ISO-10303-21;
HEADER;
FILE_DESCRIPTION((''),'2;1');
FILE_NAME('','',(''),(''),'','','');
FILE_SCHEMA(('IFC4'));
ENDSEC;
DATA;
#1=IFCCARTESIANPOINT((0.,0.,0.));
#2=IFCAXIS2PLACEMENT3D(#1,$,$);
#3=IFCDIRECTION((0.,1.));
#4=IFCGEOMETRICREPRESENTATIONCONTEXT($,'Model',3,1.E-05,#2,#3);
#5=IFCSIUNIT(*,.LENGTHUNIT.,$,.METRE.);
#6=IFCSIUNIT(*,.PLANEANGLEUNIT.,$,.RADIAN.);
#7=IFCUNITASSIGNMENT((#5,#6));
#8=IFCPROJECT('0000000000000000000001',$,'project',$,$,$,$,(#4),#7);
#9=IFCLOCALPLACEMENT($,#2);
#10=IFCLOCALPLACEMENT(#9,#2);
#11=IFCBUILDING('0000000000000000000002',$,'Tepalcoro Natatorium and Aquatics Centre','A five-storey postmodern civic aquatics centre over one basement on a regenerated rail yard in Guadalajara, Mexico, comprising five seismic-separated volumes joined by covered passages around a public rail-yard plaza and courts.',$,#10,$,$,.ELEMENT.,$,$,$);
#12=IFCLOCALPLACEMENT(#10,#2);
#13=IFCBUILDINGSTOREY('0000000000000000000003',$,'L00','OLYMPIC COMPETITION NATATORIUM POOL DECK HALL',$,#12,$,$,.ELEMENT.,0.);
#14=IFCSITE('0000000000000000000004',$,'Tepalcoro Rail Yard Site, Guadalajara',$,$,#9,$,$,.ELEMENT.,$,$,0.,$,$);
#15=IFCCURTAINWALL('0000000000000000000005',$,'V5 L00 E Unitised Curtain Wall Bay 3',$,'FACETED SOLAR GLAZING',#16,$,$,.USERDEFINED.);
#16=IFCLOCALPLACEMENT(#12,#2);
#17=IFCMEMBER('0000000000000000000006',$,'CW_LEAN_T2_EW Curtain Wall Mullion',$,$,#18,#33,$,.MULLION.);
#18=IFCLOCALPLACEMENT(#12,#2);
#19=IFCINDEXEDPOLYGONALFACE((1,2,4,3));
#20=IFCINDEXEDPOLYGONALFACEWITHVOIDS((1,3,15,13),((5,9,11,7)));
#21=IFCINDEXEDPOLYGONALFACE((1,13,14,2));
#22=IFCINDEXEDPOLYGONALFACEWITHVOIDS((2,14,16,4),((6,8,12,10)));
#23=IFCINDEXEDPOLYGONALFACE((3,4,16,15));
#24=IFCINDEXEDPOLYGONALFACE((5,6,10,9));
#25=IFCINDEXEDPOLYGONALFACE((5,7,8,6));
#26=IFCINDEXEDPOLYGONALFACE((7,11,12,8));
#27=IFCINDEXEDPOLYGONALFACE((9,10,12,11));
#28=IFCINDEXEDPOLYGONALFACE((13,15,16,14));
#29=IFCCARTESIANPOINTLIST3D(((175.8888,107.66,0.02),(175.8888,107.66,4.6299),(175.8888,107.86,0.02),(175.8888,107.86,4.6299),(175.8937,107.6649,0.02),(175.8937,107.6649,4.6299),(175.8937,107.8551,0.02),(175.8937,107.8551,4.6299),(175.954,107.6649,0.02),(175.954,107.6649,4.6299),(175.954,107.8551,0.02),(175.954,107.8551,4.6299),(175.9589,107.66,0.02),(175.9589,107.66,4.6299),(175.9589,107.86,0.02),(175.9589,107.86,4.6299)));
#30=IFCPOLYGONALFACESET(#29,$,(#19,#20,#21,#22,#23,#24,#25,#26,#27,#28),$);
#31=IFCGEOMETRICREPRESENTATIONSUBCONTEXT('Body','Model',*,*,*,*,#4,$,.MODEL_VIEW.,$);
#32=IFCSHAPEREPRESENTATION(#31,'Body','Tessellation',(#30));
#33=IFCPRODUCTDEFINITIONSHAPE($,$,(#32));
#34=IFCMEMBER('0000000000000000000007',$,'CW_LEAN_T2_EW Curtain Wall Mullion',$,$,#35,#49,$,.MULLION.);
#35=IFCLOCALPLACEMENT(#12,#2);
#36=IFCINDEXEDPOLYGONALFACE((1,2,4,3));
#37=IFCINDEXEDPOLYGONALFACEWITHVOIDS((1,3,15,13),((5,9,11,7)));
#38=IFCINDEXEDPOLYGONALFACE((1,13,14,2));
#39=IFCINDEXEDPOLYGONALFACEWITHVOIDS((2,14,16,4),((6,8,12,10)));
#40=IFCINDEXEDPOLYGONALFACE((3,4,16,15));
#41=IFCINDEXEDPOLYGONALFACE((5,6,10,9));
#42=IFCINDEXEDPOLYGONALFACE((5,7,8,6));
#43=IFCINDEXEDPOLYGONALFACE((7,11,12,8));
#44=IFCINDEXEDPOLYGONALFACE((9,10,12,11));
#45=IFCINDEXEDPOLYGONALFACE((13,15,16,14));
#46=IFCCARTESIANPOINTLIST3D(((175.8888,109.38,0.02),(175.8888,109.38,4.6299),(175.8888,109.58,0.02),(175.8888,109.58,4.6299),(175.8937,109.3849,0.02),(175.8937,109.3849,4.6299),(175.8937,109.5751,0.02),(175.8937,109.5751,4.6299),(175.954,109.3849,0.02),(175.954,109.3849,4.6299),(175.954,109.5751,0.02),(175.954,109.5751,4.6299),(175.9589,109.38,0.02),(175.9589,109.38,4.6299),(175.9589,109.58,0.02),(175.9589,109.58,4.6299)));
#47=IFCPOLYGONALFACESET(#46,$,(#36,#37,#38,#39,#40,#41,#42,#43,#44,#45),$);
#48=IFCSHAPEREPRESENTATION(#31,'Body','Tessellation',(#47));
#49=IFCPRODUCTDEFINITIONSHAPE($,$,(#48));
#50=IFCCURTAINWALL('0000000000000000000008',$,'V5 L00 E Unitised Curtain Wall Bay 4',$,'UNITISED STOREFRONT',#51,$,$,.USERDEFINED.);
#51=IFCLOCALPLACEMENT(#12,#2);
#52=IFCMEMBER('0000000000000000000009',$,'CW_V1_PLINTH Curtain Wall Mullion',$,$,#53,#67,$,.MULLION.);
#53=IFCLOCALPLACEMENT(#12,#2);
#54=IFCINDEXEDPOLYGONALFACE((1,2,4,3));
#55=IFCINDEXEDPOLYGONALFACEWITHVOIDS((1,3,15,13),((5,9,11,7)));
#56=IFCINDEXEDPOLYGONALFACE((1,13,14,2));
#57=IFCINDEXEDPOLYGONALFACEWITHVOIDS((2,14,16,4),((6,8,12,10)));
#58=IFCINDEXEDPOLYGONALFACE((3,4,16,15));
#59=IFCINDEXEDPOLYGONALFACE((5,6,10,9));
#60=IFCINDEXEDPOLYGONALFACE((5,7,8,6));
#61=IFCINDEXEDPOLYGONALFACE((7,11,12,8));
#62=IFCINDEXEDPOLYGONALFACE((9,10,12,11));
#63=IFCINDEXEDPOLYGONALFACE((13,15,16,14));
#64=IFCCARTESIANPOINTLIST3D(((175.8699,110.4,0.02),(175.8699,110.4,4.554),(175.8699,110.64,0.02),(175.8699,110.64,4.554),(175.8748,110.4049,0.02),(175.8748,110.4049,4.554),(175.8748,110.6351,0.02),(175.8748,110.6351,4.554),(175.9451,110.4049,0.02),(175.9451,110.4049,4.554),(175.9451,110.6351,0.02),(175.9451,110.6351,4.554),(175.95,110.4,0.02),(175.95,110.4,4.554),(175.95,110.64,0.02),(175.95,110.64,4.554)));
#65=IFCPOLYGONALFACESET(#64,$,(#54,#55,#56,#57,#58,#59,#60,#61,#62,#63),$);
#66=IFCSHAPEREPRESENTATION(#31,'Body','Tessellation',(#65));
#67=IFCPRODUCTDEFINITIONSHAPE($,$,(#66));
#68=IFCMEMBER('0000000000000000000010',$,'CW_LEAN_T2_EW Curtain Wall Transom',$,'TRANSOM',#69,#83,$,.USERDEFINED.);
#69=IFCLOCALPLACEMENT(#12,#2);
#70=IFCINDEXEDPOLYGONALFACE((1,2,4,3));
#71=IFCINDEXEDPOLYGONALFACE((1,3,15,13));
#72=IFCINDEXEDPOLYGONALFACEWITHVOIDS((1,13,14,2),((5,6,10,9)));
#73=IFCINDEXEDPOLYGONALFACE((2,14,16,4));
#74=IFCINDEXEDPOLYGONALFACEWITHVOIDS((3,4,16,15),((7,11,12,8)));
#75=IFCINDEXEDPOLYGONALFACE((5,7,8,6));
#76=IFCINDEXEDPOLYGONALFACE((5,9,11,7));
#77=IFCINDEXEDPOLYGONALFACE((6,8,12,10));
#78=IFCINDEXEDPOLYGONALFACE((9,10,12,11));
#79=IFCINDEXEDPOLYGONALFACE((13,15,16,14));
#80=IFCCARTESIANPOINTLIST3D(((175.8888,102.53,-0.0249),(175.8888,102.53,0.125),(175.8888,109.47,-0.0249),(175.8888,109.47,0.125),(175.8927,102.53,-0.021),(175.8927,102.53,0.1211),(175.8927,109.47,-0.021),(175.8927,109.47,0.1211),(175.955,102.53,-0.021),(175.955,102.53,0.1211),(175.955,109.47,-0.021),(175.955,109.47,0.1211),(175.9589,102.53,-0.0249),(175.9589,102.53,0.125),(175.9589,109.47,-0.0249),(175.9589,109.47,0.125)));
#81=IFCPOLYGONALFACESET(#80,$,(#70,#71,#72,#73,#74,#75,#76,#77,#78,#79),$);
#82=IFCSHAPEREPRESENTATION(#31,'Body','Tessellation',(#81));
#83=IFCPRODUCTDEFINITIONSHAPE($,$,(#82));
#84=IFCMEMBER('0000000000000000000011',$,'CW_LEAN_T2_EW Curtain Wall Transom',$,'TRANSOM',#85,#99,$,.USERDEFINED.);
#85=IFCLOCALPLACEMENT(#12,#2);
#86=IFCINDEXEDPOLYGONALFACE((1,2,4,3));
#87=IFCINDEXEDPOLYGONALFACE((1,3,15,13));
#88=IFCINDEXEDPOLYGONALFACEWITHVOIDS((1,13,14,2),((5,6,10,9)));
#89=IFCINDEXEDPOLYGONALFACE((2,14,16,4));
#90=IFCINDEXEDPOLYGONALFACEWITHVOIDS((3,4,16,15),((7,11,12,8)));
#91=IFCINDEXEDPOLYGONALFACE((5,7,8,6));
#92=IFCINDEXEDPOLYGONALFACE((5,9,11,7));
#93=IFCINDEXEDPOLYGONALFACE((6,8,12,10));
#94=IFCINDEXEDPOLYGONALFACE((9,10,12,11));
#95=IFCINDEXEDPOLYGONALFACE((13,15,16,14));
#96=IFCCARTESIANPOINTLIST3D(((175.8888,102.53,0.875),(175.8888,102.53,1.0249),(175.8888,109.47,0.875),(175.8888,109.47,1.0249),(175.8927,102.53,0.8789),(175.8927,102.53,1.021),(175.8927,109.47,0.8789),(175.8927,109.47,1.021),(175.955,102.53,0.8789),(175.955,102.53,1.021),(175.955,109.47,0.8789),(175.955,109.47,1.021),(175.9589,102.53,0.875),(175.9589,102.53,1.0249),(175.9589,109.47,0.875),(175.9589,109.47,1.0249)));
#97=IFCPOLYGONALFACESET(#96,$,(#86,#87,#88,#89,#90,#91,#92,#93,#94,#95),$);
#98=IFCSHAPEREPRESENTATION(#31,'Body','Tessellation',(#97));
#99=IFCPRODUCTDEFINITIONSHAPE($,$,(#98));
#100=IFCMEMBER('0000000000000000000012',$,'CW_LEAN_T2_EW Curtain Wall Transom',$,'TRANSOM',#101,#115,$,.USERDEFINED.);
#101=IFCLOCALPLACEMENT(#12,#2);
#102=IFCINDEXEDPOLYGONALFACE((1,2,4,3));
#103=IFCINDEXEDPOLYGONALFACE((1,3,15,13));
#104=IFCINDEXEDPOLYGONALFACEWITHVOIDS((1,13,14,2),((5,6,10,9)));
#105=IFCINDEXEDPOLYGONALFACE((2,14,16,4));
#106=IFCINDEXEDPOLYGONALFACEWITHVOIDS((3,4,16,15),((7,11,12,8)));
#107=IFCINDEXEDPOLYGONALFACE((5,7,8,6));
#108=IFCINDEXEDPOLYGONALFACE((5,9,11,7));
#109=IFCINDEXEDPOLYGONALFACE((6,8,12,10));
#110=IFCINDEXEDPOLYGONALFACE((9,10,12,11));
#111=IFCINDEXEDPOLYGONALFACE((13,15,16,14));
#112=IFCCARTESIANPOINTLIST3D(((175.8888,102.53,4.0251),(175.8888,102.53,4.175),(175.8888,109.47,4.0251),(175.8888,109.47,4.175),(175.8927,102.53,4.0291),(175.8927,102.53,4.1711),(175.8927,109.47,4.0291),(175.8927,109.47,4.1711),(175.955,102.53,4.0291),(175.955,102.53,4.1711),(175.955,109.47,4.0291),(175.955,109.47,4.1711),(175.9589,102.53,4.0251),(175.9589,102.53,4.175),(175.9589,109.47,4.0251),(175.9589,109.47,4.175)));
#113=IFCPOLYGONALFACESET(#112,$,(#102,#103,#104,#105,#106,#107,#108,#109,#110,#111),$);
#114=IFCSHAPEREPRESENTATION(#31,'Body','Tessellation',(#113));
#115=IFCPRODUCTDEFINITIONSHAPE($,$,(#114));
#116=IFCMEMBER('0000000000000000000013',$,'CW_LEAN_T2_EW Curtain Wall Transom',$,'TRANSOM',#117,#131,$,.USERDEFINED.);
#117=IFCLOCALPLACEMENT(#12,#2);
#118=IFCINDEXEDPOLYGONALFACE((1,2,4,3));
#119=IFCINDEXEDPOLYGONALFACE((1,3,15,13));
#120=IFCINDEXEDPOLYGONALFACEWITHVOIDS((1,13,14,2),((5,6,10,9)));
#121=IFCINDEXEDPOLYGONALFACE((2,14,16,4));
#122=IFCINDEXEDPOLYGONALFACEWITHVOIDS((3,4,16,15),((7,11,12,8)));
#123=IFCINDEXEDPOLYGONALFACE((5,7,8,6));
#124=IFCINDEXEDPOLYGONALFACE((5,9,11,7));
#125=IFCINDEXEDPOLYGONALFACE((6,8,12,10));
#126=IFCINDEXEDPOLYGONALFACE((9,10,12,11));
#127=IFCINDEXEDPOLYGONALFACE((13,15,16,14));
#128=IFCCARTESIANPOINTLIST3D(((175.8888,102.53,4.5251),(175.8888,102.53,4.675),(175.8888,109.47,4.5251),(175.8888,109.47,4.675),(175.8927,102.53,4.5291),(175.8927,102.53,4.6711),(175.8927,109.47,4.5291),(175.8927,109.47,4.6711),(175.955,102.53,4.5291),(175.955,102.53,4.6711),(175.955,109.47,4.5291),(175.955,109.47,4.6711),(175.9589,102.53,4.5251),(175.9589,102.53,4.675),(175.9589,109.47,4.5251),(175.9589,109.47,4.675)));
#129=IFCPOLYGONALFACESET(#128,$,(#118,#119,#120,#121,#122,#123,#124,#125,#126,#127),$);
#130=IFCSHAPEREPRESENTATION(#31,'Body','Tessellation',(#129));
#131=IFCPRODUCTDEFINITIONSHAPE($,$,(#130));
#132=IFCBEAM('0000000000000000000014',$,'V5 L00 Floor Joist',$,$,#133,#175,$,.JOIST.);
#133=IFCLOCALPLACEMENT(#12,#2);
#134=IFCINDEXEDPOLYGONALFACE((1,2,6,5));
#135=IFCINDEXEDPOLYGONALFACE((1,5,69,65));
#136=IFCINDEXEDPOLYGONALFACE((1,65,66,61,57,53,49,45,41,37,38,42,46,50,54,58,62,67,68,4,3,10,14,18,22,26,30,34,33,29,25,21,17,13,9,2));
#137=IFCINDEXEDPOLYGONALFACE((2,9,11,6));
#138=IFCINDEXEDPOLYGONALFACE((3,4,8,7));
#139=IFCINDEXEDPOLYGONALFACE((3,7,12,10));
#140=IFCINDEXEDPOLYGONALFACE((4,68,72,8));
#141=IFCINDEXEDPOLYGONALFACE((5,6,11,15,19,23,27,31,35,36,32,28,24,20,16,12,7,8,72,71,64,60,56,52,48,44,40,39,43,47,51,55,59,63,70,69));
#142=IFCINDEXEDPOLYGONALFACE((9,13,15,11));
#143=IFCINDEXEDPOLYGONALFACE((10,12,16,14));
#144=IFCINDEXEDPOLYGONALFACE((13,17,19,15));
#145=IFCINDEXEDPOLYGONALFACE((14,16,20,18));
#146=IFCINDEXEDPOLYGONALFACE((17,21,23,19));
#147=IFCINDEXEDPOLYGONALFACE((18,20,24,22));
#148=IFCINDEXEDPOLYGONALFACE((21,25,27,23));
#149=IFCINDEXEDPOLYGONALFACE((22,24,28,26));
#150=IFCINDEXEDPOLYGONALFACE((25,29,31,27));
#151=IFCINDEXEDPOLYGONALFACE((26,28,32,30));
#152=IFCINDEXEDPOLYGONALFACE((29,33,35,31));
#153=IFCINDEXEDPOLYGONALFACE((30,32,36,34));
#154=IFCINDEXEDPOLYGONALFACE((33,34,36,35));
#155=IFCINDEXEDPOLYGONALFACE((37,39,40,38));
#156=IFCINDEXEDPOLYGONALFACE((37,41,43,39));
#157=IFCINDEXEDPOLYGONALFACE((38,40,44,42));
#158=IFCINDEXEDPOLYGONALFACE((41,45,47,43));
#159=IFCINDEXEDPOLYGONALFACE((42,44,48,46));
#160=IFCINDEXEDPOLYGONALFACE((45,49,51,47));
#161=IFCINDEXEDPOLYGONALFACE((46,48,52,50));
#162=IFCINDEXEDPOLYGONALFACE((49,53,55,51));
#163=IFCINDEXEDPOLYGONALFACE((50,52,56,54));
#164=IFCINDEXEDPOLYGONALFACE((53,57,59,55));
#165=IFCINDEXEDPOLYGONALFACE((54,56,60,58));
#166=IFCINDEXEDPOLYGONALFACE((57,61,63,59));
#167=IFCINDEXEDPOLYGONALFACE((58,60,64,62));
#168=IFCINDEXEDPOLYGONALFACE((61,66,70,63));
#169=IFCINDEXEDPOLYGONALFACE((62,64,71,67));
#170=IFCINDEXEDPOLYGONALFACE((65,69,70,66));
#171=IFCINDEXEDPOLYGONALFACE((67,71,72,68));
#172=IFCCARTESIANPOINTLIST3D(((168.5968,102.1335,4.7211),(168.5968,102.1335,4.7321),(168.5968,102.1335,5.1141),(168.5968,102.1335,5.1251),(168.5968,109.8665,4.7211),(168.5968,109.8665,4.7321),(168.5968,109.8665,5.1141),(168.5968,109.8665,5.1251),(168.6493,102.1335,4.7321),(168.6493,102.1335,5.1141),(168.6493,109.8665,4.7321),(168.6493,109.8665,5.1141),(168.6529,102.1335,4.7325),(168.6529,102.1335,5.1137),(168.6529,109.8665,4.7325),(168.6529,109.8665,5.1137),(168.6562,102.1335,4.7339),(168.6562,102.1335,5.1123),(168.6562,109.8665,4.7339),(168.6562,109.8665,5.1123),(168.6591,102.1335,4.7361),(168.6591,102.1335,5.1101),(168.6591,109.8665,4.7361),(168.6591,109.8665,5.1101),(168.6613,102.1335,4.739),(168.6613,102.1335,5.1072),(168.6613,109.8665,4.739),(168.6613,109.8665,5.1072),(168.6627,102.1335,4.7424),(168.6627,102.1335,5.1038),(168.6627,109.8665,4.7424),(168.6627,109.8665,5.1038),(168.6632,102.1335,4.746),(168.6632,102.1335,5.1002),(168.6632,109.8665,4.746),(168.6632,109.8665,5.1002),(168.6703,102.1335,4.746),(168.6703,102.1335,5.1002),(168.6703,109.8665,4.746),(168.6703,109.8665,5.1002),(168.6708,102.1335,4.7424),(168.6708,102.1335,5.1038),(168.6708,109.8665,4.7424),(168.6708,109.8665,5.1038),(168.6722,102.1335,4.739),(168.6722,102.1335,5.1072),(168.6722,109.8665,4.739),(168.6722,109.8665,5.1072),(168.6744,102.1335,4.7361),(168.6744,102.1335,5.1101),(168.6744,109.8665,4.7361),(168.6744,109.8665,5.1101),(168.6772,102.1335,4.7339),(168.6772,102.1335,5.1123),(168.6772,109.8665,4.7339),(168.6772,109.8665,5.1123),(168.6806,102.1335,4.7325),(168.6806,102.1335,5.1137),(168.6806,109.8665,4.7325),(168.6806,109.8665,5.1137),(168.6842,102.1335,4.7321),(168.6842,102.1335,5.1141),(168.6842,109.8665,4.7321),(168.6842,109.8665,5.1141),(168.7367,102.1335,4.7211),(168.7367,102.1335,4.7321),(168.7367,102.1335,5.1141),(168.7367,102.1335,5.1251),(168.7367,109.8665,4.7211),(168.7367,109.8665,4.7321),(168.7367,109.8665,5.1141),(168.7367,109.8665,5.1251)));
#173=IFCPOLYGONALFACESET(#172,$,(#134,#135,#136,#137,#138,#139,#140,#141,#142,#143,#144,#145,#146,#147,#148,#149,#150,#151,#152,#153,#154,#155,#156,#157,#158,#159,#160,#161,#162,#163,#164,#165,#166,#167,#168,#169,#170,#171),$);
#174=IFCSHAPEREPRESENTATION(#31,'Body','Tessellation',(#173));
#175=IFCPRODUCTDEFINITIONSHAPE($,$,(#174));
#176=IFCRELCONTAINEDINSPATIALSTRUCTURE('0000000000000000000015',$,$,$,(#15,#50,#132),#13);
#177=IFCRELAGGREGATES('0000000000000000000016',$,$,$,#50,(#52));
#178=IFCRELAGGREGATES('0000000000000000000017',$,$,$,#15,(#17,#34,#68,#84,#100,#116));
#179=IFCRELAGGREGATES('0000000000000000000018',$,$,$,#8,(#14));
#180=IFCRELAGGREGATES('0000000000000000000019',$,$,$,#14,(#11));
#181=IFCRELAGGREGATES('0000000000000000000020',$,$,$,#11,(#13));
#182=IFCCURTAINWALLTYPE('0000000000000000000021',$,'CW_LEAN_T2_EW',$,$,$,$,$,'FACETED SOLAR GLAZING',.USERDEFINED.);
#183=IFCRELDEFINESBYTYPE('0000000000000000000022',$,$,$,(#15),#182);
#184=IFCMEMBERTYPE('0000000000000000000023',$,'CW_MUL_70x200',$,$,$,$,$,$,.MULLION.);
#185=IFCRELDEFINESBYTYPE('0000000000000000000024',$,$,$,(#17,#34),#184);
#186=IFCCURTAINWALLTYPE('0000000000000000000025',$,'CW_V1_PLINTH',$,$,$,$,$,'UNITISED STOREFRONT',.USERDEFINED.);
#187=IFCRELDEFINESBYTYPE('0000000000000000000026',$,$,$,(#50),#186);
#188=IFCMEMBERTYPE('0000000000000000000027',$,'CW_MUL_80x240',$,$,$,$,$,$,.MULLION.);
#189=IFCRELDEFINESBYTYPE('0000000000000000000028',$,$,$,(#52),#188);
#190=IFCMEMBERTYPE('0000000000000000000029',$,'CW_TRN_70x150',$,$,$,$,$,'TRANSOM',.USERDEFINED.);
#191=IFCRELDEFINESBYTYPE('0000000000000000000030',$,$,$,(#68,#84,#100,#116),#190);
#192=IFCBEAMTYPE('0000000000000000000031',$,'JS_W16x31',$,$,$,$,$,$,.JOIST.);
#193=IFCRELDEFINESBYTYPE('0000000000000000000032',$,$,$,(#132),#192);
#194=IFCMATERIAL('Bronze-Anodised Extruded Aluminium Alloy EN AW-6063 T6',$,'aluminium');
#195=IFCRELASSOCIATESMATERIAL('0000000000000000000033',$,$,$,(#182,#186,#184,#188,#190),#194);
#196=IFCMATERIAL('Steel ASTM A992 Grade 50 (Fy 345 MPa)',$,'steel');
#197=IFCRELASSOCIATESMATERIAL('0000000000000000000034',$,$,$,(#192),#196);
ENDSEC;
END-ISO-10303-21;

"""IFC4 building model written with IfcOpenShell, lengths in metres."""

from ifc_helpers import new_model, si_unit, direction, frame, origin, origin_2d, place, context, subcontext, project, spatial, hollow_rectangle, i_section, extrude, material, material_profile, profile_set, type_object, element, aggregate, save


model = new_model("IFC4")

# Units and contexts
model_context = context("Model", 3, precision=1e-05, world=origin(), true_north=direction((0.0, 1.0)))
body_context = subcontext(model_context, "Body", "Model", "MODEL_VIEW")
ifc_project = project(units=[si_unit("LENGTHUNIT", "METRE"), si_unit("PLANEANGLEUNIT", "RADIAN")], contexts=[model_context])

# Site, building, storey
site_placement = place(None, origin())
site = spatial("IfcSite", under=ifc_project, at=site_placement, Name="Tepalcoro Rail Yard Site, Guadalajara", CompositionType="ELEMENT", RefElevation=0.0)
building_placement = place(site_placement, origin())
building = spatial("IfcBuilding", under=site, at=building_placement, Name="Tepalcoro Natatorium and Aquatics Centre", Description="A five-storey postmodern civic aquatics centre over one basement on a regenerated rail yard in Guadalajara, Mexico, comprising five seismic-separated volumes joined by covered passages around a public rail-yard plaza and courts.", CompositionType="ELEMENT")
storey_placement = place(building_placement, origin())
storey = spatial("IfcBuildingStorey", under=building, at=storey_placement, Name="L00", Description="OLYMPIC COMPETITION NATATORIUM POOL DECK HALL", CompositionType="ELEMENT", Elevation=0.0)

# Curtain wall, members
ifc_material_1 = material(Name="Bronze-Anodised Extruded Aluminium Alloy EN AW-6063 T6", Category="aluminium")
curtain_wall_type_1 = type_object("IfcCurtainWallType", Name="CW_LEAN_T2_EW", ElementType="FACETED SOLAR GLAZING", PredefinedType="USERDEFINED", material=ifc_material_1)
curtain_wall_1_placement = place(storey_placement, origin())
curtain_wall_1 = element("IfcCurtainWall", 1, at=curtain_wall_1_placement, inside=storey, type_object=curtain_wall_type_1, Name="V5 L00 E Unitised Curtain Wall Bay 3", ObjectType="FACETED SOLAR GLAZING", PredefinedType="USERDEFINED")
ifc_material_profile_1 = material_profile(ifc_material_1, hollow_rectangle(XDim=0.0701, YDim=0.2, WallThickness=0.0049, at=origin_2d()), Name="AL70X200X5")
ifc_profile_set_1 = profile_set([ifc_material_profile_1], Name="Bronze-Anodised Extruded Aluminium Alloy EN AW-6063 T6")
member_type_1 = type_object("IfcMemberType", Name="CW_MUL_70x200", PredefinedType="MULLION", material=ifc_profile_set_1)
member_1_placement = place(storey_placement, frame((175.9238, 107.76, 0.02), z_axis=(0.0, 0.0, 1.0), x_axis=(1.0, 0.0, 0.0)))
member_1 = element("IfcMember", 2, at=member_1_placement, type_object=member_type_1, Name="CW_LEAN_T2_EW Curtain Wall Mullion", PredefinedType="MULLION", context=body_context, shape_type="SweptSolid", body=[
    extrude(hollow_rectangle(XDim=0.0701, YDim=0.2, WallThickness=0.0049, at=origin_2d()), origin(), (0.0, 0.0, 1.0), 4.6099),
])
member_2_placement = place(storey_placement, frame((175.9238, 109.48, 0.02), z_axis=(0.0, 0.0, 1.0), x_axis=(1.0, 0.0, 0.0)))
member_2 = element("IfcMember", 3, at=member_2_placement, type_object=member_type_1, Name="CW_LEAN_T2_EW Curtain Wall Mullion", PredefinedType="MULLION", context=body_context, shape_type="SweptSolid", body=[
    extrude(hollow_rectangle(XDim=0.0701, YDim=0.2, WallThickness=0.0049, at=origin_2d()), origin(), (0.0, 0.0, 1.0), 4.6099),
])

# Curtain wall, member
curtain_wall_type_2 = type_object("IfcCurtainWallType", Name="CW_V1_PLINTH", ElementType="UNITISED STOREFRONT", PredefinedType="USERDEFINED", material=ifc_material_1)
curtain_wall_2_placement = place(storey_placement, origin())
curtain_wall_2 = element("IfcCurtainWall", 4, at=curtain_wall_2_placement, inside=storey, type_object=curtain_wall_type_2, Name="V5 L00 E Unitised Curtain Wall Bay 4", ObjectType="UNITISED STOREFRONT", PredefinedType="USERDEFINED")
ifc_material_profile_2 = material_profile(ifc_material_1, hollow_rectangle(XDim=0.0801, YDim=0.24, WallThickness=0.0049, at=origin_2d()), Name="AL80X240X5")
ifc_profile_set_2 = profile_set([ifc_material_profile_2], Name="Bronze-Anodised Extruded Aluminium Alloy EN AW-6063 T6")
member_type_2 = type_object("IfcMemberType", Name="CW_MUL_80x240", PredefinedType="MULLION", material=ifc_profile_set_2)
member_3_placement = place(storey_placement, frame((175.9099, 110.52, 0.02), z_axis=(0.0, 0.0, 1.0), x_axis=(1.0, 0.0, 0.0)))
member_3 = element("IfcMember", 5, at=member_3_placement, type_object=member_type_2, Name="CW_V1_PLINTH Curtain Wall Mullion", PredefinedType="MULLION", context=body_context, shape_type="SweptSolid", body=[
    extrude(hollow_rectangle(XDim=0.0801, YDim=0.24, WallThickness=0.0049, at=origin_2d()), origin(), (0.0, 0.0, 1.0), 4.5339),
])
aggregate(curtain_wall_2, [member_3])

# Members
ifc_material_profile_3 = material_profile(ifc_material_1, hollow_rectangle(XDim=0.0701, YDim=0.1499, WallThickness=0.0039, at=origin_2d()), Name="AL70X150X4")
ifc_profile_set_3 = profile_set([ifc_material_profile_3], Name="Bronze-Anodised Extruded Aluminium Alloy EN AW-6063 T6")
member_type_3 = type_object("IfcMemberType", Name="CW_TRN_70x150", ElementType="TRANSOM", PredefinedType="USERDEFINED", material=ifc_profile_set_3)
member_4_placement = place(storey_placement, frame((175.9238, 102.53, 0.05), z_axis=(0.0, 1.0, 0.0), x_axis=(-1.0, 0.0, 0.0)))
member_4 = element("IfcMember", 6, at=member_4_placement, type_object=member_type_3, Name="CW_LEAN_T2_EW Curtain Wall Transom", ObjectType="TRANSOM", PredefinedType="USERDEFINED", context=body_context, shape_type="SweptSolid", body=[
    extrude(hollow_rectangle(XDim=0.0701, YDim=0.1499, WallThickness=0.0039, at=origin_2d()), origin(), (0.0, 0.0, 1.0), 6.9399),
])
member_5_placement = place(storey_placement, frame((175.9238, 102.53, 0.95), z_axis=(0.0, 1.0, 0.0), x_axis=(-1.0, 0.0, 0.0)))
member_5 = element("IfcMember", 7, at=member_5_placement, type_object=member_type_3, Name="CW_LEAN_T2_EW Curtain Wall Transom", ObjectType="TRANSOM", PredefinedType="USERDEFINED", context=body_context, shape_type="SweptSolid", body=[
    extrude(hollow_rectangle(XDim=0.0701, YDim=0.1499, WallThickness=0.0039, at=origin_2d()), origin(), (0.0, 0.0, 1.0), 6.9399),
])
member_6_placement = place(storey_placement, frame((175.9238, 102.53, 4.1001), z_axis=(0.0, 1.0, 0.0), x_axis=(-1.0, 0.0, 0.0)))
member_6 = element("IfcMember", 8, at=member_6_placement, type_object=member_type_3, Name="CW_LEAN_T2_EW Curtain Wall Transom", ObjectType="TRANSOM", PredefinedType="USERDEFINED", context=body_context, shape_type="SweptSolid", body=[
    extrude(hollow_rectangle(XDim=0.0701, YDim=0.1499, WallThickness=0.0039, at=origin_2d()), origin(), (0.0, 0.0, 1.0), 6.9399),
])
member_7_placement = place(storey_placement, frame((175.9238, 102.53, 4.6001), z_axis=(0.0, 1.0, 0.0), x_axis=(-1.0, 0.0, 0.0)))
member_7 = element("IfcMember", 9, at=member_7_placement, type_object=member_type_3, Name="CW_LEAN_T2_EW Curtain Wall Transom", ObjectType="TRANSOM", PredefinedType="USERDEFINED", context=body_context, shape_type="SweptSolid", body=[
    extrude(hollow_rectangle(XDim=0.0701, YDim=0.1499, WallThickness=0.0039, at=origin_2d()), origin(), (0.0, 0.0, 1.0), 6.9399),
])

# Beam
ifc_material_2 = material(Name="Steel ASTM A992 Grade 50 (Fy 345 MPa)", Category="steel")
ifc_material_profile_4 = material_profile(ifc_material_2, i_section(OverallWidth=0.1399, OverallDepth=0.4041, WebThickness=0.0071, FlangeThickness=0.011, FilletRadius=0.0139, at=origin_2d()), Name="W16X31")
ifc_profile_set_4 = profile_set([ifc_material_profile_4], Name="Steel ASTM A992 Grade 50 (Fy 345 MPa)")
beam_type_1 = type_object("IfcBeamType", Name="JS_W16x31", PredefinedType="JOIST", material=ifc_profile_set_4)
beam_1_placement = place(storey_placement, frame((168.6667, 102.1335, 4.9231), z_axis=(0.0, 1.0, 0.0), x_axis=(-1.0, 0.0, 0.0)))
element("IfcBeam", 10, at=beam_1_placement, inside=storey, type_object=beam_type_1, Name="V5 L00 Floor Joist", PredefinedType="JOIST", context=body_context, shape_type="SweptSolid", body=[
    extrude(i_section(OverallWidth=0.1399, OverallDepth=0.4041, WebThickness=0.0071, FlangeThickness=0.011, FilletRadius=0.0139, at=origin_2d()), origin(), (0.0, 0.0, 1.0), 7.7329),
])

aggregate(curtain_wall_1, [member_1, member_2, member_4, member_5, member_6, member_7])

save(model, "model.ifc")
